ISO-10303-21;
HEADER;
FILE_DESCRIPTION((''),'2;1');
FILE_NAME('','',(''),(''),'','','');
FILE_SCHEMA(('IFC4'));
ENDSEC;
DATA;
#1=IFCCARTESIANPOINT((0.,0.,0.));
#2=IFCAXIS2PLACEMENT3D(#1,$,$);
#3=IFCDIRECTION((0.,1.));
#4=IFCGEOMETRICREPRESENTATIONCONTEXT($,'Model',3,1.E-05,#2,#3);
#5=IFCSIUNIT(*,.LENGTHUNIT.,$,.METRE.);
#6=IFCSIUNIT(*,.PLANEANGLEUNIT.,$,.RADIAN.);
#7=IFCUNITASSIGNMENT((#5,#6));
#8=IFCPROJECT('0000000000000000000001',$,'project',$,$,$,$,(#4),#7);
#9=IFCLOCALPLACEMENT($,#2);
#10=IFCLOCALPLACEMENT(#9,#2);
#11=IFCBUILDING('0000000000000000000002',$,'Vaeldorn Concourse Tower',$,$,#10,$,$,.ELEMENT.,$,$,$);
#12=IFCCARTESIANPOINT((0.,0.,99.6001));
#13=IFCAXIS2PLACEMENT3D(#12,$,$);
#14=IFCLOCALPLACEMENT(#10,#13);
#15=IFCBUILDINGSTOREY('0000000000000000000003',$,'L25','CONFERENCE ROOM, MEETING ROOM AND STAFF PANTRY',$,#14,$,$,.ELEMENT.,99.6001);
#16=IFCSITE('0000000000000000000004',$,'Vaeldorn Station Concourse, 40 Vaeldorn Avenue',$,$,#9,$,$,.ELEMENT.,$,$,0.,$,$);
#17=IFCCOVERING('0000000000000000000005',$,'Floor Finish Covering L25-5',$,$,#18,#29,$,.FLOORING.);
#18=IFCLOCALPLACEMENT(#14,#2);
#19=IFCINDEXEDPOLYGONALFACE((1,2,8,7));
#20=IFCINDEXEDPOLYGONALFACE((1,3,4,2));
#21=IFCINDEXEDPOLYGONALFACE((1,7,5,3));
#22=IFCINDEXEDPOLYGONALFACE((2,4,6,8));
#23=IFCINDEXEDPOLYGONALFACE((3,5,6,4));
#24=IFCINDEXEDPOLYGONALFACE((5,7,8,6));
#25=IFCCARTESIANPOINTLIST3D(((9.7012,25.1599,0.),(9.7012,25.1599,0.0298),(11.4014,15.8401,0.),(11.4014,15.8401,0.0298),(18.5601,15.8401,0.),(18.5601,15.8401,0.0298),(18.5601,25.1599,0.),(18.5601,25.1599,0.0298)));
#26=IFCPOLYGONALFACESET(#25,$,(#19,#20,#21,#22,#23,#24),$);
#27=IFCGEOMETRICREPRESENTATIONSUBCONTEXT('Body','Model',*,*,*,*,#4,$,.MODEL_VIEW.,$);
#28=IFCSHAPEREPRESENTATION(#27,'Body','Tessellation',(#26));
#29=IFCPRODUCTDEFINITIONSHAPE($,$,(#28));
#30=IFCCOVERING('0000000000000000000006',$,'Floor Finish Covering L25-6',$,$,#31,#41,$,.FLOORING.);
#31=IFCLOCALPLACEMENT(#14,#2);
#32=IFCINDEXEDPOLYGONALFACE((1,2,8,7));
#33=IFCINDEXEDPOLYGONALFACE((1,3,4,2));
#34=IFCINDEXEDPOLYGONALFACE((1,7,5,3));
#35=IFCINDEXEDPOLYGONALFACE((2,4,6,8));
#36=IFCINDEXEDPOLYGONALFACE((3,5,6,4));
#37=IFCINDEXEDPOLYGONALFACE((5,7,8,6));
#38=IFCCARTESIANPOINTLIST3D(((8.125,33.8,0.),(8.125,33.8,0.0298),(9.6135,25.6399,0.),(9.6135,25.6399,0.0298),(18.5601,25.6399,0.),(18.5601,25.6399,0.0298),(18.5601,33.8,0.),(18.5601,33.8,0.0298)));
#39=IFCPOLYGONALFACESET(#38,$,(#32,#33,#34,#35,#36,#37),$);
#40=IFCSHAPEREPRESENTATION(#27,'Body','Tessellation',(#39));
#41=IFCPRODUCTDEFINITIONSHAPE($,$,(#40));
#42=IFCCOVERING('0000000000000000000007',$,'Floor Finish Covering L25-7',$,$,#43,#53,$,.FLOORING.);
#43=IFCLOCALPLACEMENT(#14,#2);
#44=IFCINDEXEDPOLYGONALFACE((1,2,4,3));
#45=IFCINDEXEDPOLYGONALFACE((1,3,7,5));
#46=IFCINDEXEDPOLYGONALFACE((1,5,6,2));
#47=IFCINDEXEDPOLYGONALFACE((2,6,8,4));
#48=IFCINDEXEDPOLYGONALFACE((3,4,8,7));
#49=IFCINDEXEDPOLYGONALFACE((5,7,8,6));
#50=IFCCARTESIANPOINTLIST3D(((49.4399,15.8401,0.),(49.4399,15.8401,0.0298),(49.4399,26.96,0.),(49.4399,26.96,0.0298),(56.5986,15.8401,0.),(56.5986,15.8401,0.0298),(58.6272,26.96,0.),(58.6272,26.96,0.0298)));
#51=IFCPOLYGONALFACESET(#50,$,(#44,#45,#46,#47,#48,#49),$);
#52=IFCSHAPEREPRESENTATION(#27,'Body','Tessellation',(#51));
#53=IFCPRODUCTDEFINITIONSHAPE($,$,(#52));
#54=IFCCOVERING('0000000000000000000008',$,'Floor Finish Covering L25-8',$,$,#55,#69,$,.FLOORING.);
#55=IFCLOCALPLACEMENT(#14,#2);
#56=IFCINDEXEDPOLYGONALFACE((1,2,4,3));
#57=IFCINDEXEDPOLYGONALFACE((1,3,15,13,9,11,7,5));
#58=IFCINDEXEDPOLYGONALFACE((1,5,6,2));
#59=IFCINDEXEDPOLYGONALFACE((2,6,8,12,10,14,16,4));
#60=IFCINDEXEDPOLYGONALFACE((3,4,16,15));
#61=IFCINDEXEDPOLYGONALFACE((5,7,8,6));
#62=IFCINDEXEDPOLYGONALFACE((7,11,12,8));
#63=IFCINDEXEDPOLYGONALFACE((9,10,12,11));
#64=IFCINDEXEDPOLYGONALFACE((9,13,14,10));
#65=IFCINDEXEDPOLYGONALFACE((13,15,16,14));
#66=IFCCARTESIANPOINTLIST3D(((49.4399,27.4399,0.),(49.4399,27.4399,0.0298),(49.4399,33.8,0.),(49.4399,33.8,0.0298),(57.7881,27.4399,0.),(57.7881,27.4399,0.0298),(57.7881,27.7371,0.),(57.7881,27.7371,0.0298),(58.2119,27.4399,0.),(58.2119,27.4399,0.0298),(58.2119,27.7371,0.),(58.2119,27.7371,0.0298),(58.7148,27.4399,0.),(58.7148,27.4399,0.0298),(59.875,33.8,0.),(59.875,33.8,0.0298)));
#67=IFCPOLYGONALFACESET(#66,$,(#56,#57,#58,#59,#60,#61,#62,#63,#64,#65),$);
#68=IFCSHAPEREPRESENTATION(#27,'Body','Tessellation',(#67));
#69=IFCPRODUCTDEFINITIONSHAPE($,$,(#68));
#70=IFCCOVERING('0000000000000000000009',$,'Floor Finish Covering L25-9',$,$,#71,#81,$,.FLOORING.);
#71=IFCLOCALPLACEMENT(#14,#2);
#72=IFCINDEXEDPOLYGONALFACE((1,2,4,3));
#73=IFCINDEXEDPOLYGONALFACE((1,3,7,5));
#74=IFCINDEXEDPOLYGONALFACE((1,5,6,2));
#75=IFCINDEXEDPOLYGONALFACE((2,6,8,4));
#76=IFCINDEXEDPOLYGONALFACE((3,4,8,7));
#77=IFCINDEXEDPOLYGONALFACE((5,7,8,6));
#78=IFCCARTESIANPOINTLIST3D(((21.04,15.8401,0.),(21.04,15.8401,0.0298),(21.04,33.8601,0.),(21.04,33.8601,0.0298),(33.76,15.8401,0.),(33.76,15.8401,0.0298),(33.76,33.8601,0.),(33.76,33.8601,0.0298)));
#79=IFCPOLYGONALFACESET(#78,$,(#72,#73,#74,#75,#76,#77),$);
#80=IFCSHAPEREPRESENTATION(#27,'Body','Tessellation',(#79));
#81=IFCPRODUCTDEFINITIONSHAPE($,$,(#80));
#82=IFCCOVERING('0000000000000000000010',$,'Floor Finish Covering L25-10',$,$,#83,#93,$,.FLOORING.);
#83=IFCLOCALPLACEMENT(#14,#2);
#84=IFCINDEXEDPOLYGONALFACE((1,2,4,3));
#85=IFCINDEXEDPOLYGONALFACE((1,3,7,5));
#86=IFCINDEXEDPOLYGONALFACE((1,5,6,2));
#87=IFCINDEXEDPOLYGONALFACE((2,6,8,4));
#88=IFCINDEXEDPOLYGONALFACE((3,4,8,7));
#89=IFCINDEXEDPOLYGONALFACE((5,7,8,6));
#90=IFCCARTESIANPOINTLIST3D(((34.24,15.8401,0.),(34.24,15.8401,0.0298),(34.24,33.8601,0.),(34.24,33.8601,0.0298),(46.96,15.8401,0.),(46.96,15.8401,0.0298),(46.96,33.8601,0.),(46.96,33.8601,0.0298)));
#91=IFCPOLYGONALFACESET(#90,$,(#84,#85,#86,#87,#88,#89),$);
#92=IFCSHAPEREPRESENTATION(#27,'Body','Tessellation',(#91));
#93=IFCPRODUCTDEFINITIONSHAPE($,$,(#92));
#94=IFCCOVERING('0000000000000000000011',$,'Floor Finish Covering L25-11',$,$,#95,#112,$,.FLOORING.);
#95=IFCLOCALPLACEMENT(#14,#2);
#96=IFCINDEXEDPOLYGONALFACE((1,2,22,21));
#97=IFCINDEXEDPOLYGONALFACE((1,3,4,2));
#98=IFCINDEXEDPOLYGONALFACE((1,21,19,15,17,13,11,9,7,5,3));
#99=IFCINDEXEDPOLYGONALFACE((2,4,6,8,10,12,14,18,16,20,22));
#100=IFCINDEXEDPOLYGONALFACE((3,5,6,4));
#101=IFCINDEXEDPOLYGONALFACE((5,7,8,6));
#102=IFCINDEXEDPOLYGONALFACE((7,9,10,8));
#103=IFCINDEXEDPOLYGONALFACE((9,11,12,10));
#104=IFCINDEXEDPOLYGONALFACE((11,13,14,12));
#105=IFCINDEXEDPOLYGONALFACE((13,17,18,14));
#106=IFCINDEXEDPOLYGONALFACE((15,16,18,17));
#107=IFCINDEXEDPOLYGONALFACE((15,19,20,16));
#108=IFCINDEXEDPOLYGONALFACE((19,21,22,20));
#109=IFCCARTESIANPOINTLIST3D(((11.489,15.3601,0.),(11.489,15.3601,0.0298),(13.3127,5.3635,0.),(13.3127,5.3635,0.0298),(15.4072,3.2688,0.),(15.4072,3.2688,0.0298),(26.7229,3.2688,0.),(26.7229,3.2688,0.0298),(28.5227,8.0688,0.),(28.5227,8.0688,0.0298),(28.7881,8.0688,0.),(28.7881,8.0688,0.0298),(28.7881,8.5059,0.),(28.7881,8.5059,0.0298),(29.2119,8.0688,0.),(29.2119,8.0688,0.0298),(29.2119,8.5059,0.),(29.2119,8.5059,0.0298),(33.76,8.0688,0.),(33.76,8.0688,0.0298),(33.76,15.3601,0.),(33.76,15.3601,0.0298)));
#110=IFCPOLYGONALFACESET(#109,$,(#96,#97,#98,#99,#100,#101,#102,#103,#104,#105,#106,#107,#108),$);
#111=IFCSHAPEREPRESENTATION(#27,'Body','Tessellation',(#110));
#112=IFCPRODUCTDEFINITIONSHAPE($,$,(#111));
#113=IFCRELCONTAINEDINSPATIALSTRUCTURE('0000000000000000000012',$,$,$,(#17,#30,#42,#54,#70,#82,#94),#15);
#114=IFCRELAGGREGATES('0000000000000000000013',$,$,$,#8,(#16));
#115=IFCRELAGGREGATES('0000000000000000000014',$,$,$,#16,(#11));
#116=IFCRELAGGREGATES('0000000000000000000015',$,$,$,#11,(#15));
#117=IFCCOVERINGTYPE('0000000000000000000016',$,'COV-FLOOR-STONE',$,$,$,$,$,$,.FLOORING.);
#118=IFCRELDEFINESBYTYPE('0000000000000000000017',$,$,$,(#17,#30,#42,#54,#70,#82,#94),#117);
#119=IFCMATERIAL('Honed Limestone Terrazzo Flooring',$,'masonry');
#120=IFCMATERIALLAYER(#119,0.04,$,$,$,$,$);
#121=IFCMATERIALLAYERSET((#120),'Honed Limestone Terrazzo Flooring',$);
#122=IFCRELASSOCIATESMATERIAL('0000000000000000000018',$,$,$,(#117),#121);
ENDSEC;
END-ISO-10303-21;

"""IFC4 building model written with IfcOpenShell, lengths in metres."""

from ifc_helpers import new_model, si_unit, direction, frame, origin, place, context, subcontext, project, spatial, polyline, outline, extrude, material, layer, layer_set, type_object, element, save


model = new_model("IFC4")

# Units and contexts
model_context = context("Model", 3, precision=1e-05, world=origin(), true_north=direction((0.0, 1.0)))
body_context = subcontext(model_context, "Body", "Model", "MODEL_VIEW")
ifc_project = project(units=[si_unit("LENGTHUNIT", "METRE"), si_unit("PLANEANGLEUNIT", "RADIAN")], contexts=[model_context])

# Site, building, storey
site_placement = place(None, origin())
site = spatial("IfcSite", under=ifc_project, at=site_placement, Name="Vaeldorn Station Concourse, 40 Vaeldorn Avenue", CompositionType="ELEMENT", RefElevation=0.0)
building_placement = place(site_placement, origin())
building = spatial("IfcBuilding", under=site, at=building_placement, Name="Vaeldorn Concourse Tower", CompositionType="ELEMENT")
storey_placement = place(building_placement, frame((0.0, 0.0, 99.6001)))
storey = spatial("IfcBuildingStorey", under=building, at=storey_placement, Name="L25", Description="CONFERENCE ROOM, MEETING ROOM AND STAFF PANTRY", CompositionType="ELEMENT", Elevation=99.6001)

# Coverings
ifc_material_1 = material(Name="Honed Limestone Terrazzo Flooring", Category="masonry")
ifc_layer_1 = layer(ifc_material_1, 0.04)
ifc_layer_set_1 = layer_set([ifc_layer_1], Name="Honed Limestone Terrazzo Flooring")
covering_type_1 = type_object("IfcCoveringType", Name="COV-FLOOR-STONE", PredefinedType="FLOORING", material=ifc_layer_set_1)
covering_1_placement = place(storey_placement, origin())
element("IfcCovering", 1, at=covering_1_placement, inside=storey, type_object=covering_type_1, Name="Floor Finish Covering L25-5", PredefinedType="FLOORING", context=body_context, shape_type="SweptSolid", body=[
    extrude(outline(polyline([(18.5601, 25.1599), (18.5601, 15.8401), (11.4014, 15.8401), (9.7012, 25.1599), (18.5601, 25.1599)])), origin(), (0.0, 0.0, 1.0), 0.0298),
])
covering_2_placement = place(storey_placement, origin())
element("IfcCovering", 2, at=covering_2_placement, inside=storey, type_object=covering_type_1, Name="Floor Finish Covering L25-6", PredefinedType="FLOORING", context=body_context, shape_type="SweptSolid", body=[
    extrude(outline(polyline([(18.5601, 33.8), (18.5601, 25.6399), (9.6135, 25.6399), (8.125, 33.8), (18.5601, 33.8)])), origin(), (0.0, 0.0, 1.0), 0.0298),
])
covering_3_placement = place(storey_placement, origin())
element("IfcCovering", 3, at=covering_3_placement, inside=storey, type_object=covering_type_1, Name="Floor Finish Covering L25-7", PredefinedType="FLOORING", context=body_context, shape_type="SweptSolid", body=[
    extrude(outline(polyline([(49.4399, 15.8401), (49.4399, 26.96), (58.6272, 26.96), (56.5986, 15.8401), (49.4399, 15.8401)])), origin(), (0.0, 0.0, 1.0), 0.0298),
])
covering_4_placement = place(storey_placement, origin())
element("IfcCovering", 4, at=covering_4_placement, inside=storey, type_object=covering_type_1, Name="Floor Finish Covering L25-8", PredefinedType="FLOORING", context=body_context, shape_type="SweptSolid", body=[
    extrude(outline(polyline([(49.4399, 33.8), (59.875, 33.8), (58.7148, 27.4399), (58.2119, 27.4399), (58.2119, 27.7371), (57.7881, 27.7371), (57.7881, 27.4399), (49.4399, 27.4399), (49.4399, 33.8)])), origin(), (0.0, 0.0, 1.0), 0.0298),
])
covering_5_placement = place(storey_placement, origin())
element("IfcCovering", 5, at=covering_5_placement, inside=storey, type_object=covering_type_1, Name="Floor Finish Covering L25-9", PredefinedType="FLOORING", context=body_context, shape_type="SweptSolid", body=[
    extrude(outline(polyline([(21.04, 33.8601), (33.76, 33.8601), (33.76, 15.8401), (21.04, 15.8401), (21.04, 33.8601)])), origin(), (0.0, 0.0, 1.0), 0.0298),
])
covering_6_placement = place(storey_placement, origin())
element("IfcCovering", 6, at=covering_6_placement, inside=storey, type_object=covering_type_1, Name="Floor Finish Covering L25-10", PredefinedType="FLOORING", context=body_context, shape_type="SweptSolid", body=[
    extrude(outline(polyline([(34.24, 33.8601), (46.96, 33.8601), (46.96, 15.8401), (34.24, 15.8401), (34.24, 33.8601)])), origin(), (0.0, 0.0, 1.0), 0.0298),
])
covering_7_placement = place(storey_placement, origin())
element("IfcCovering", 7, at=covering_7_placement, inside=storey, type_object=covering_type_1, Name="Floor Finish Covering L25-11", PredefinedType="FLOORING", context=body_context, shape_type="SweptSolid", body=[
    extrude(outline(polyline([(33.76, 15.3601), (33.76, 8.0688), (29.2119, 8.0688), (29.2119, 8.5059), (28.7881, 8.5059), (28.7881, 8.0688), (28.5227, 8.0688), (26.7229, 3.2688), (15.4072, 3.2688), (13.3127, 5.3635), (11.489, 15.3601), (33.76, 15.3601)])), origin(), (0.0, 0.0, 1.0), 0.0298),
])

save(model, "model.ifc")
